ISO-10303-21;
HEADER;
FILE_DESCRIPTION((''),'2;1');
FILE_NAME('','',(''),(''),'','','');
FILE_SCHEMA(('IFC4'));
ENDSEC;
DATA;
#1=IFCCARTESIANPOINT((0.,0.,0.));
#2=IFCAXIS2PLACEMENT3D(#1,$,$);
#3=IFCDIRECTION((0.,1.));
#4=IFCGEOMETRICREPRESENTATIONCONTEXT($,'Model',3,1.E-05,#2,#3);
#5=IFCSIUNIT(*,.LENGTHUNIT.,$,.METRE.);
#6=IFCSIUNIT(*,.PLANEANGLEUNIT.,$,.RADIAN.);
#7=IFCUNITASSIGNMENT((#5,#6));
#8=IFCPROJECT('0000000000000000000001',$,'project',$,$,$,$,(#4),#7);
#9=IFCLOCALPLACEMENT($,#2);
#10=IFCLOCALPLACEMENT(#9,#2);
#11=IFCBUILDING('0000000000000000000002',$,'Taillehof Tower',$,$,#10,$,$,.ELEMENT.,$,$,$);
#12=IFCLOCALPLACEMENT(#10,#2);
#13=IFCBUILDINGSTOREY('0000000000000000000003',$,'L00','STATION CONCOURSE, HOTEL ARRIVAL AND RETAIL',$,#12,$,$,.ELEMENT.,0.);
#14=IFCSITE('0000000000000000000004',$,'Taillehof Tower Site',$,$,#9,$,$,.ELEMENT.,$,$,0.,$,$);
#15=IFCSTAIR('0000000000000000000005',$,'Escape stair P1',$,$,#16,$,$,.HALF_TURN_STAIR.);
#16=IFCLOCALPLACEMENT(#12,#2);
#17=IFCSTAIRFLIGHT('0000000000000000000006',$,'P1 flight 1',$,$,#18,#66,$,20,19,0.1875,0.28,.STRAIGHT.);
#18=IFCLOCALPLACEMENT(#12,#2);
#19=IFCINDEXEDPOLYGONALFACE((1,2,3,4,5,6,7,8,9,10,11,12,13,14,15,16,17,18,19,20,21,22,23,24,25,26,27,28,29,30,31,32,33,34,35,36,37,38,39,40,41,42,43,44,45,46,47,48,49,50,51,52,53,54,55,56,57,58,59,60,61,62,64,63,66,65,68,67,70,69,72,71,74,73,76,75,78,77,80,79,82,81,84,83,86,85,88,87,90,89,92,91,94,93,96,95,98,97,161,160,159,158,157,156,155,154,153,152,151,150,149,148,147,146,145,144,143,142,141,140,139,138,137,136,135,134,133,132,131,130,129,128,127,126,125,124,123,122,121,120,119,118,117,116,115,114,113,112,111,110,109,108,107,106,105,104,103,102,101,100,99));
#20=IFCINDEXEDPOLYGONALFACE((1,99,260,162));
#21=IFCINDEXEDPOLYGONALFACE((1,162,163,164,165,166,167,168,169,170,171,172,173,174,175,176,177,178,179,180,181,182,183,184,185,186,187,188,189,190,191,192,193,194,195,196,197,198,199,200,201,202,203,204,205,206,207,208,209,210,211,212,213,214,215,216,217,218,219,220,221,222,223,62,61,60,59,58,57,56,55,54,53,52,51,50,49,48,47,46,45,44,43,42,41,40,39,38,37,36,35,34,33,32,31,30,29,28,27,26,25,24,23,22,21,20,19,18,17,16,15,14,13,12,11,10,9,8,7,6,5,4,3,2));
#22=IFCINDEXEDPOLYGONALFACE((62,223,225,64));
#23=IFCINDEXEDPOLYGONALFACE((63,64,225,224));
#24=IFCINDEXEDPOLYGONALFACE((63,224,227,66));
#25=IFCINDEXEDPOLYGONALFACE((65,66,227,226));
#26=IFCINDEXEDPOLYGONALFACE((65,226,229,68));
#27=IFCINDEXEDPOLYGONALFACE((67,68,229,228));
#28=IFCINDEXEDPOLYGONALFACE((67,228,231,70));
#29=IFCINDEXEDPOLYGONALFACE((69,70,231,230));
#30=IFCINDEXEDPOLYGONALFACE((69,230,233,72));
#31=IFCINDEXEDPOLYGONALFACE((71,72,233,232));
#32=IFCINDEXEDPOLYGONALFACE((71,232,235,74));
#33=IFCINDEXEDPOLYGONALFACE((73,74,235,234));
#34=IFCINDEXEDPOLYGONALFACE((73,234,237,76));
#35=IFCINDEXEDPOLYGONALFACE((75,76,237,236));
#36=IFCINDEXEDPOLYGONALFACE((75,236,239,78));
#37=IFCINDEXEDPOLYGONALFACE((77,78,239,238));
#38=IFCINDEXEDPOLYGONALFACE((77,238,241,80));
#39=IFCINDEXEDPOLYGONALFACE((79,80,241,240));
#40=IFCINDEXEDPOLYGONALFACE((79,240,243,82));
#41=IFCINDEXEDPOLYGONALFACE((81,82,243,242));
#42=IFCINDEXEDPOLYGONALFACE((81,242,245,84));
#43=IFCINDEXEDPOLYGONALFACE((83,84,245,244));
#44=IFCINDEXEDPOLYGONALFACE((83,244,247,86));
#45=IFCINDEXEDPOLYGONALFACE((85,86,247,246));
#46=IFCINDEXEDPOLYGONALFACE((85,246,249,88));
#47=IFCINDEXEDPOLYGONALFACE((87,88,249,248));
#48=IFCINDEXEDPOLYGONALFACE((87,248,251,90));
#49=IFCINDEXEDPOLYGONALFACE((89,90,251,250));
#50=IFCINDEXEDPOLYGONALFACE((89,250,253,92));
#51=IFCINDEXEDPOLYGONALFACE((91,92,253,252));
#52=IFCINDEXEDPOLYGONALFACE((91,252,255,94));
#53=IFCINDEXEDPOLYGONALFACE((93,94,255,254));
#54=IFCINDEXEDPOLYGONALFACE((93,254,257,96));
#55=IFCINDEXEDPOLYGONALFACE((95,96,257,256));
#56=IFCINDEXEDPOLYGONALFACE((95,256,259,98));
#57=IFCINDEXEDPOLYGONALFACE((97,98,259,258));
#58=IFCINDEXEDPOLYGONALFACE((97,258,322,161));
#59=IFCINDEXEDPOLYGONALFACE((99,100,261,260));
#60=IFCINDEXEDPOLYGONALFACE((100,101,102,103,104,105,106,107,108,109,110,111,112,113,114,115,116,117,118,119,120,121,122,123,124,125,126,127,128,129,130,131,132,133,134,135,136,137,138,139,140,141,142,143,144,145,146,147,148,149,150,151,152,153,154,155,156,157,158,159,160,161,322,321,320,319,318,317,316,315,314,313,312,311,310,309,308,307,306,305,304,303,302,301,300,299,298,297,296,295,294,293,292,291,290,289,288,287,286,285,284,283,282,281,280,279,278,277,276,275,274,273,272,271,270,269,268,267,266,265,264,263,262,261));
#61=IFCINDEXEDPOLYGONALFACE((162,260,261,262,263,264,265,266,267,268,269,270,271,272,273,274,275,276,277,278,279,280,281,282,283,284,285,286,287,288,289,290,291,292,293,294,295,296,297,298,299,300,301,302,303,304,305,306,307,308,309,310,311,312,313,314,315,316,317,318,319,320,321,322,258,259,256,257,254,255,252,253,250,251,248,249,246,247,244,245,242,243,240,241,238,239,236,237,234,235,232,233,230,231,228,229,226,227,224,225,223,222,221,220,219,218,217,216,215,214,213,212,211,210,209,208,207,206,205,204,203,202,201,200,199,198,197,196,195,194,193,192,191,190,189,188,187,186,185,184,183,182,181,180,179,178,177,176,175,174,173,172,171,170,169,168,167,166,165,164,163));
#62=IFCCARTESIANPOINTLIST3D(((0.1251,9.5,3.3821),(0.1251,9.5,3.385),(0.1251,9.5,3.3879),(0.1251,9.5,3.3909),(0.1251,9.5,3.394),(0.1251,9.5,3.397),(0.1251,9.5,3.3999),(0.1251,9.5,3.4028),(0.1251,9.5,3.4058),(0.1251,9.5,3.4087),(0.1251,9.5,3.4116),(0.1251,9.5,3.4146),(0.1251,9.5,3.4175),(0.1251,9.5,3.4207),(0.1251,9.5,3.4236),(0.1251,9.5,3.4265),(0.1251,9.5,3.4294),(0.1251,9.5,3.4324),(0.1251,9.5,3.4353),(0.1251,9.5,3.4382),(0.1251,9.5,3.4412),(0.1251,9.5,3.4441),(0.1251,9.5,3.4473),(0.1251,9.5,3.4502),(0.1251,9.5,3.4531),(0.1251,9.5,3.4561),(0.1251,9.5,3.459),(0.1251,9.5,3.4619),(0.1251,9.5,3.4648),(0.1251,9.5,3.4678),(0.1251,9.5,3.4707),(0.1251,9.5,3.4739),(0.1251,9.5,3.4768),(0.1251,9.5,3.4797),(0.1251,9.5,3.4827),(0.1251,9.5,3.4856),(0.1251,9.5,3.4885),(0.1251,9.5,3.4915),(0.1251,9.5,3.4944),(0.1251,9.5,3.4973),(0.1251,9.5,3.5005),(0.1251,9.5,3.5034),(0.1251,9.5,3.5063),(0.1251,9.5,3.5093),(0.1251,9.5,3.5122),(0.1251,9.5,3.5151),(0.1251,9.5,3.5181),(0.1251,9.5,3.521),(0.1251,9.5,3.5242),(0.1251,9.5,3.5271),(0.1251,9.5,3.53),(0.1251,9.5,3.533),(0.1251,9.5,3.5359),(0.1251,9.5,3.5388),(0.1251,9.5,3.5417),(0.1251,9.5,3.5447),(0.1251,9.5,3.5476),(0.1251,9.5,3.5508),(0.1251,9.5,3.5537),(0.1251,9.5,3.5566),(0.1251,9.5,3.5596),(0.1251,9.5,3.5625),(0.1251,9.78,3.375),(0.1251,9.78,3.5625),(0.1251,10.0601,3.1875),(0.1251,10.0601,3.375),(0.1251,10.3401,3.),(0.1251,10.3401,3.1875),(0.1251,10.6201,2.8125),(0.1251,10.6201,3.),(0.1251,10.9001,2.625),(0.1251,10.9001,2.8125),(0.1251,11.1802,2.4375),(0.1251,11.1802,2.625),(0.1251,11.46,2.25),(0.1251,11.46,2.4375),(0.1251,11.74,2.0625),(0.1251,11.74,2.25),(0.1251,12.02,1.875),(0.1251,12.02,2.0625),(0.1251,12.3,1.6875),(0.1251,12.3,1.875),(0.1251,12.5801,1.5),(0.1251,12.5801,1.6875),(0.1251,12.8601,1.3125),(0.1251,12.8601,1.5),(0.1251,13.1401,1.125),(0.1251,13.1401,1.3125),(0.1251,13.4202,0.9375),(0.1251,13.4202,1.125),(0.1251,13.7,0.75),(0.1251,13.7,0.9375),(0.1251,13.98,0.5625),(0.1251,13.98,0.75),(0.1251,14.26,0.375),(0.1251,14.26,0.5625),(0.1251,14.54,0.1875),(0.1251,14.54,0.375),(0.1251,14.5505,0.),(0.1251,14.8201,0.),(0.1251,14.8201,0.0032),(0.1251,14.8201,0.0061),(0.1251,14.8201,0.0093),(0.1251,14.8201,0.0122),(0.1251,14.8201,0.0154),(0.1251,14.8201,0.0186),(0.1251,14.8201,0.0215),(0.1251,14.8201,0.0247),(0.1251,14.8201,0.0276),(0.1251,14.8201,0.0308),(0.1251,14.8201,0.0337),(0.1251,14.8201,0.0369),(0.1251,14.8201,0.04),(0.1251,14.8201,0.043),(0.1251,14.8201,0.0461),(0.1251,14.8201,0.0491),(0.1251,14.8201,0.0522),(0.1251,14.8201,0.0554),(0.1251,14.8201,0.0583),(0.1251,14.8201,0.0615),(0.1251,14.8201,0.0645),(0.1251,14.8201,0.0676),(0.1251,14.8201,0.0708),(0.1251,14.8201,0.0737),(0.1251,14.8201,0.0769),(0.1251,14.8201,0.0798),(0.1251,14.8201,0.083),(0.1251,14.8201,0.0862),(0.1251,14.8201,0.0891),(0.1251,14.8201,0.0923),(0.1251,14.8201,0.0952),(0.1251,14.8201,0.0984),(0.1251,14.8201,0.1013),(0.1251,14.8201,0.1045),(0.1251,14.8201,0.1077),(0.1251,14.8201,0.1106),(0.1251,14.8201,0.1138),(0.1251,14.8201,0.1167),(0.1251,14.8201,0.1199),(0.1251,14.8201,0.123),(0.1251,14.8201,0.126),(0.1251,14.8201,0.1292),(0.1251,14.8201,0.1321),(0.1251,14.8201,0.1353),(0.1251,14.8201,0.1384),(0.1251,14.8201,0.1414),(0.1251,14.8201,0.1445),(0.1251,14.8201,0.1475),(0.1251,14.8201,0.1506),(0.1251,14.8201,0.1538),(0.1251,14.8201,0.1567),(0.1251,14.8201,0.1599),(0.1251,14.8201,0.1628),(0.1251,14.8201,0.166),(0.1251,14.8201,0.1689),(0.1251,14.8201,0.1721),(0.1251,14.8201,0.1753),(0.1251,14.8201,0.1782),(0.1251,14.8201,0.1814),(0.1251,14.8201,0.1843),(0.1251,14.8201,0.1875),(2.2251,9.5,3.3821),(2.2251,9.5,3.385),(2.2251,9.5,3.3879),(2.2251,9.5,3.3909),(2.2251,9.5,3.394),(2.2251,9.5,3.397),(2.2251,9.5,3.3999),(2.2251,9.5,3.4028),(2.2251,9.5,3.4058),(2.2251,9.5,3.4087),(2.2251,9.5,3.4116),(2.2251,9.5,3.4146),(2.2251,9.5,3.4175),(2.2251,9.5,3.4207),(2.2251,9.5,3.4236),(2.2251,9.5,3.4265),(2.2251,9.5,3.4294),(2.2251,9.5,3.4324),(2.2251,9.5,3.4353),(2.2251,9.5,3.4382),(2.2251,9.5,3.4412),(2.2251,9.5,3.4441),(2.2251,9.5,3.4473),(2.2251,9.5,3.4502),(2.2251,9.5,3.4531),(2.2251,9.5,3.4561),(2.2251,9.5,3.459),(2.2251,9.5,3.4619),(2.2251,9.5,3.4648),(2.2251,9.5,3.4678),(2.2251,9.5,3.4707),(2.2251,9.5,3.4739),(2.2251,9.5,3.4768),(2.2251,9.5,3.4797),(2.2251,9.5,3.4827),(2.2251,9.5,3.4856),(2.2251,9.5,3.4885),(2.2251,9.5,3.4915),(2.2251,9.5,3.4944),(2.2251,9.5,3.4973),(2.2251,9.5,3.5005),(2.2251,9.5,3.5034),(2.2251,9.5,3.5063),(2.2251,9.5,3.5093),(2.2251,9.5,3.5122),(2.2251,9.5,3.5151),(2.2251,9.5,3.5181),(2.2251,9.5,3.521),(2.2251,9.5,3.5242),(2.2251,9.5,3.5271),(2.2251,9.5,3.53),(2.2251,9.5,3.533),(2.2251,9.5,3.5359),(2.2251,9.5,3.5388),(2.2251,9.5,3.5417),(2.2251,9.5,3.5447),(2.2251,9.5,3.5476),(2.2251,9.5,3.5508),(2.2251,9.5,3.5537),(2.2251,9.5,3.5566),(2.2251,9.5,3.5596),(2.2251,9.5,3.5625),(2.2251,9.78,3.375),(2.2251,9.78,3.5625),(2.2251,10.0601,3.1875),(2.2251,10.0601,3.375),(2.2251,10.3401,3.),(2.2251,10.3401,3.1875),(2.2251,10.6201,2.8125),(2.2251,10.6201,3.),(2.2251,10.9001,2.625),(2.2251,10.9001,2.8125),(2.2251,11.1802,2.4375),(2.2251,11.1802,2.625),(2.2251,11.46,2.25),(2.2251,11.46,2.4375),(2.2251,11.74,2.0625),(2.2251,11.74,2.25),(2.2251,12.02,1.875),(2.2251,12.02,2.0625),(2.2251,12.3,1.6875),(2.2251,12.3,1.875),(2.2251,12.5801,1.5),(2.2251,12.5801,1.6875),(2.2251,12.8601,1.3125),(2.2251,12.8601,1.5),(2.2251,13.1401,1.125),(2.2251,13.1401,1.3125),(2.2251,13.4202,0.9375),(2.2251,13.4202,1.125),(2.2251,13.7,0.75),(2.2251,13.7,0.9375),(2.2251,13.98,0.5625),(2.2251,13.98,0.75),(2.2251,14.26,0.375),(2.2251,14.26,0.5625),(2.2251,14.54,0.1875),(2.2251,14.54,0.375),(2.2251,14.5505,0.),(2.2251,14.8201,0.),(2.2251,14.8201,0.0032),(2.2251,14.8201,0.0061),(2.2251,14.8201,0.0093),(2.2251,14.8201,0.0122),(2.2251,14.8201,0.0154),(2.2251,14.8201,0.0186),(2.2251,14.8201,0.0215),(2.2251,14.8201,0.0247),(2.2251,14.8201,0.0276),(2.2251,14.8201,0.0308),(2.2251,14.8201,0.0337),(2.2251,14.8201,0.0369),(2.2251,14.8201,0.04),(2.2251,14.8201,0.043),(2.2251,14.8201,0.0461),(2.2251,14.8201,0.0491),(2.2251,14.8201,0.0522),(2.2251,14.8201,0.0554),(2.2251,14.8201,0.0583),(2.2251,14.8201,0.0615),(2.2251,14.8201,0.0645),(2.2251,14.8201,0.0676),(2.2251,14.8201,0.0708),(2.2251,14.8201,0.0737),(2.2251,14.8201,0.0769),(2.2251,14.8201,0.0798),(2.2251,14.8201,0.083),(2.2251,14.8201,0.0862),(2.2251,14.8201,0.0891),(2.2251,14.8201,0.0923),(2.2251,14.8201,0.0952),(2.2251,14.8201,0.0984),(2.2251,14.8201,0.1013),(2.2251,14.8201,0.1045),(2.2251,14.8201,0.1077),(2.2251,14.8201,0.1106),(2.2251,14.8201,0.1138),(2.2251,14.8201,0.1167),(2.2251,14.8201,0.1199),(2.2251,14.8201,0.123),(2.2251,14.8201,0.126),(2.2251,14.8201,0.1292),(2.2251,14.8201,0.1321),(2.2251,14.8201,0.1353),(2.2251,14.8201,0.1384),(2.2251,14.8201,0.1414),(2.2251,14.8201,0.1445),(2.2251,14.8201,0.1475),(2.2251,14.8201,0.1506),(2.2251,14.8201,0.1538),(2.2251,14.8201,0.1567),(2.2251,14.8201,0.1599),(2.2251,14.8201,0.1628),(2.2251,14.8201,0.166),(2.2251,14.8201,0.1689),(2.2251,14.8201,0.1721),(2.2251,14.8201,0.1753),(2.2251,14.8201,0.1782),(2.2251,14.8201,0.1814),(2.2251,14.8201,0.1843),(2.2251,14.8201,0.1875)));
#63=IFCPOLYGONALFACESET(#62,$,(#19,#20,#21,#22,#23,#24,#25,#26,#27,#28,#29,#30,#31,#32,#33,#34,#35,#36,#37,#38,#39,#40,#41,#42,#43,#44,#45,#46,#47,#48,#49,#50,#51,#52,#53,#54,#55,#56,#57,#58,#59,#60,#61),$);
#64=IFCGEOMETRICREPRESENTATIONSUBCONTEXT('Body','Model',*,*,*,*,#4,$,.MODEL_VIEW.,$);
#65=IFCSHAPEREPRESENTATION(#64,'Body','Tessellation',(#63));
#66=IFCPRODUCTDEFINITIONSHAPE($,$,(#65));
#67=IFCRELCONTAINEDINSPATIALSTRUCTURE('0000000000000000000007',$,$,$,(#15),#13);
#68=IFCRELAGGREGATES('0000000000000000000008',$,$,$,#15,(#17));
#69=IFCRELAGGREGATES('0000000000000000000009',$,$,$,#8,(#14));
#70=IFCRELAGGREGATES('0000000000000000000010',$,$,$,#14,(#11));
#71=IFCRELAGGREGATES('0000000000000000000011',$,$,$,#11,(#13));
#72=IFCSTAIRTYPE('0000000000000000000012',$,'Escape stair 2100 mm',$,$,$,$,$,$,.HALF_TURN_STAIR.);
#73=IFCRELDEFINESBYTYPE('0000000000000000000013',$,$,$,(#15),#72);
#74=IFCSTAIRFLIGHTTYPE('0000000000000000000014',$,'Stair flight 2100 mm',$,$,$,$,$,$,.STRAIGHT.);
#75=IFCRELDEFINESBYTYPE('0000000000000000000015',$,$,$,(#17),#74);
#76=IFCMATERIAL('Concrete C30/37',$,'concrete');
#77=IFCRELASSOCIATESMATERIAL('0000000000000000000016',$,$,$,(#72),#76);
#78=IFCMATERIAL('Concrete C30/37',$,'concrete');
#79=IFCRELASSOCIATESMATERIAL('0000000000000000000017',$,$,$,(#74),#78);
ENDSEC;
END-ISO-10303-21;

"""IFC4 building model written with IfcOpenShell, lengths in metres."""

from ifc_helpers import new_model, si_unit, direction, frame, origin, place, context, subcontext, project, spatial, polyline, outline, extrude, material, type_object, element, aggregate, save


model = new_model("IFC4")

# Units and contexts
model_context = context("Model", 3, precision=1e-05, world=origin(), true_north=direction((0.0, 1.0)))
body_context = subcontext(model_context, "Body", "Model", "MODEL_VIEW")
ifc_project = project(units=[si_unit("LENGTHUNIT", "METRE"), si_unit("PLANEANGLEUNIT", "RADIAN")], contexts=[model_context])

# Site, building, storey
site_placement = place(None, origin())
site = spatial("IfcSite", under=ifc_project, at=site_placement, Name="Taillehof Tower Site", CompositionType="ELEMENT", RefElevation=0.0)
building_placement = place(site_placement, origin())
building = spatial("IfcBuilding", under=site, at=building_placement, Name="Taillehof Tower", CompositionType="ELEMENT")
storey_placement = place(building_placement, origin())
storey = spatial("IfcBuildingStorey", under=building, at=storey_placement, Name="L00", Description="STATION CONCOURSE, HOTEL ARRIVAL AND RETAIL", CompositionType="ELEMENT", Elevation=0.0)

# Stair, stair flight
ifc_material_1 = material(Name="Concrete C30/37", Category="concrete")
stair_type = type_object("IfcStairType", Name="Escape stair 2100 mm", PredefinedType="HALF_TURN_STAIR", material=ifc_material_1)
stair_placement = place(storey_placement, origin())
stair = element("IfcStair", 1, at=stair_placement, inside=storey, type_object=stair_type, Name="Escape stair P1", PredefinedType="HALF_TURN_STAIR")
ifc_material_2 = material(Name="Concrete C30/37", Category="concrete")
stair_flight_type = type_object("IfcStairFlightType", Name="Stair flight 2100 mm", PredefinedType="STRAIGHT", material=ifc_material_2)
stair_flight_placement = place(storey_placement, frame((1.175, 14.8201, 0.0), z_axis=(0.0, 0.0, 1.0), x_axis=(0.0, -1.0, 0.0)))
stair_flight = element("IfcStairFlight", 2, at=stair_flight_placement, type_object=stair_flight_type, Name="P1 flight 1", NumberOfRisers=20, NumberOfTreads=19, PredefinedType="STRAIGHT", RiserHeight=0.1875, TreadLength=0.28, context=body_context, shape_type="SweptSolid", body=[
    extrude(outline(polyline([(0.0, 0.0), (0.0, 0.0032), (0.0, 0.0061), (0.0, 0.0093), (0.0, 0.0122), (0.0, 0.0154), (0.0, 0.0186), (0.0, 0.0215), (0.0, 0.0247), (0.0, 0.0276), (0.0, 0.0308), (0.0, 0.0337), (0.0, 0.0369), (0.0, 0.04), (0.0, 0.043), (0.0, 0.0461), (0.0, 0.0491), (0.0, 0.0522), (0.0, 0.0554), (0.0, 0.0583), (0.0, 0.0615), (0.0, 0.0645), (0.0, 0.0676), (0.0, 0.0708), (0.0, 0.0737), (0.0, 0.0769), (0.0, 0.0798), (0.0, 0.083), (0.0, 0.0862), (0.0, 0.0891), (0.0, 0.0923), (0.0, 0.0952), (0.0, 0.0984), (0.0, 0.1013), (0.0, 0.1045), (0.0, 0.1077), (0.0, 0.1106), (0.0, 0.1138), (0.0, 0.1167), (0.0, 0.1199), (0.0, 0.123), (0.0, 0.126), (0.0, 0.1292), (0.0, 0.1321), (0.0, 0.1353), (0.0, 0.1384), (0.0, 0.1414), (0.0, 0.1445), (0.0, 0.1475), (0.0, 0.1506), (0.0, 0.1538), (0.0, 0.1567), (0.0, 0.1599), (0.0, 0.1628), (0.0, 0.166), (0.0, 0.1689), (0.0, 0.1721), (0.0, 0.1753), (0.0, 0.1782), (0.0, 0.1814), (0.0, 0.1843), (0.0, 0.1875), (0.28, 0.1875), (0.28, 0.375), (0.5601, 0.375), (0.5601, 0.5625), (0.8401, 0.5625), (0.8401, 0.75), (1.1201, 0.75), (1.1201, 0.9375), (1.3999, 0.9375), (1.3999, 1.125), (1.6799, 1.125), (1.6799, 1.3125), (1.96, 1.3125), (1.96, 1.5), (2.24, 1.5), (2.24, 1.6875), (2.52, 1.6875), (2.52, 1.875), (2.8, 1.875), (2.8, 2.0625), (3.0801, 2.0625), (3.0801, 2.25), (3.3601, 2.25), (3.3601, 2.4375), (3.6399, 2.4375), (3.6399, 2.625), (3.9199, 2.625), (3.9199, 2.8125), (4.2, 2.8125), (4.2, 3.0), (4.48, 3.0), (4.48, 3.1875), (4.76, 3.1875), (4.76, 3.375), (5.04, 3.375), (5.04, 3.5625), (5.3201, 3.5625), (5.3201, 3.5596), (5.3201, 3.5566), (5.3201, 3.5537), (5.3201, 3.5508), (5.3201, 3.5476), (5.3201, 3.5447), (5.3201, 3.5417), (5.3201, 3.5388), (5.3201, 3.5359), (5.3201, 3.533), (5.3201, 3.53), (5.3201, 3.5271), (5.3201, 3.5242), (5.3201, 3.521), (5.3201, 3.5181), (5.3201, 3.5151), (5.3201, 3.5122), (5.3201, 3.5093), (5.3201, 3.5063), (5.3201, 3.5034), (5.3201, 3.5005), (5.3201, 3.4973), (5.3201, 3.4944), (5.3201, 3.4915), (5.3201, 3.4885), (5.3201, 3.4856), (5.3201, 3.4827), (5.3201, 3.4797), (5.3201, 3.4768), (5.3201, 3.4739), (5.3201, 3.4707), (5.3201, 3.4678), (5.3201, 3.4648), (5.3201, 3.4619), (5.3201, 3.459), (5.3201, 3.4561), (5.3201, 3.4531), (5.3201, 3.4502), (5.3201, 3.4473), (5.3201, 3.4441), (5.3201, 3.4412), (5.3201, 3.4382), (5.3201, 3.4353), (5.3201, 3.4324), (5.3201, 3.4294), (5.3201, 3.4265), (5.3201, 3.4236), (5.3201, 3.4207), (5.3201, 3.4175), (5.3201, 3.4146), (5.3201, 3.4116), (5.3201, 3.4087), (5.3201, 3.4058), (5.3201, 3.4028), (5.3201, 3.3999), (5.3201, 3.397), (5.3201, 3.394), (5.3201, 3.3909), (5.3201, 3.3879), (5.3201, 3.385), (5.3201, 3.3821), (0.2695, 0.0), (0.0, 0.0)])), frame((0.0, 1.05, 0.0), z_axis=(0.0, -1.0, 0.0), x_axis=(1.0, 0.0, 0.0)), (0.0, 0.0, 1.0), 2.1),
])
aggregate(stair, [stair_flight])

save(model, "model.ifc")
